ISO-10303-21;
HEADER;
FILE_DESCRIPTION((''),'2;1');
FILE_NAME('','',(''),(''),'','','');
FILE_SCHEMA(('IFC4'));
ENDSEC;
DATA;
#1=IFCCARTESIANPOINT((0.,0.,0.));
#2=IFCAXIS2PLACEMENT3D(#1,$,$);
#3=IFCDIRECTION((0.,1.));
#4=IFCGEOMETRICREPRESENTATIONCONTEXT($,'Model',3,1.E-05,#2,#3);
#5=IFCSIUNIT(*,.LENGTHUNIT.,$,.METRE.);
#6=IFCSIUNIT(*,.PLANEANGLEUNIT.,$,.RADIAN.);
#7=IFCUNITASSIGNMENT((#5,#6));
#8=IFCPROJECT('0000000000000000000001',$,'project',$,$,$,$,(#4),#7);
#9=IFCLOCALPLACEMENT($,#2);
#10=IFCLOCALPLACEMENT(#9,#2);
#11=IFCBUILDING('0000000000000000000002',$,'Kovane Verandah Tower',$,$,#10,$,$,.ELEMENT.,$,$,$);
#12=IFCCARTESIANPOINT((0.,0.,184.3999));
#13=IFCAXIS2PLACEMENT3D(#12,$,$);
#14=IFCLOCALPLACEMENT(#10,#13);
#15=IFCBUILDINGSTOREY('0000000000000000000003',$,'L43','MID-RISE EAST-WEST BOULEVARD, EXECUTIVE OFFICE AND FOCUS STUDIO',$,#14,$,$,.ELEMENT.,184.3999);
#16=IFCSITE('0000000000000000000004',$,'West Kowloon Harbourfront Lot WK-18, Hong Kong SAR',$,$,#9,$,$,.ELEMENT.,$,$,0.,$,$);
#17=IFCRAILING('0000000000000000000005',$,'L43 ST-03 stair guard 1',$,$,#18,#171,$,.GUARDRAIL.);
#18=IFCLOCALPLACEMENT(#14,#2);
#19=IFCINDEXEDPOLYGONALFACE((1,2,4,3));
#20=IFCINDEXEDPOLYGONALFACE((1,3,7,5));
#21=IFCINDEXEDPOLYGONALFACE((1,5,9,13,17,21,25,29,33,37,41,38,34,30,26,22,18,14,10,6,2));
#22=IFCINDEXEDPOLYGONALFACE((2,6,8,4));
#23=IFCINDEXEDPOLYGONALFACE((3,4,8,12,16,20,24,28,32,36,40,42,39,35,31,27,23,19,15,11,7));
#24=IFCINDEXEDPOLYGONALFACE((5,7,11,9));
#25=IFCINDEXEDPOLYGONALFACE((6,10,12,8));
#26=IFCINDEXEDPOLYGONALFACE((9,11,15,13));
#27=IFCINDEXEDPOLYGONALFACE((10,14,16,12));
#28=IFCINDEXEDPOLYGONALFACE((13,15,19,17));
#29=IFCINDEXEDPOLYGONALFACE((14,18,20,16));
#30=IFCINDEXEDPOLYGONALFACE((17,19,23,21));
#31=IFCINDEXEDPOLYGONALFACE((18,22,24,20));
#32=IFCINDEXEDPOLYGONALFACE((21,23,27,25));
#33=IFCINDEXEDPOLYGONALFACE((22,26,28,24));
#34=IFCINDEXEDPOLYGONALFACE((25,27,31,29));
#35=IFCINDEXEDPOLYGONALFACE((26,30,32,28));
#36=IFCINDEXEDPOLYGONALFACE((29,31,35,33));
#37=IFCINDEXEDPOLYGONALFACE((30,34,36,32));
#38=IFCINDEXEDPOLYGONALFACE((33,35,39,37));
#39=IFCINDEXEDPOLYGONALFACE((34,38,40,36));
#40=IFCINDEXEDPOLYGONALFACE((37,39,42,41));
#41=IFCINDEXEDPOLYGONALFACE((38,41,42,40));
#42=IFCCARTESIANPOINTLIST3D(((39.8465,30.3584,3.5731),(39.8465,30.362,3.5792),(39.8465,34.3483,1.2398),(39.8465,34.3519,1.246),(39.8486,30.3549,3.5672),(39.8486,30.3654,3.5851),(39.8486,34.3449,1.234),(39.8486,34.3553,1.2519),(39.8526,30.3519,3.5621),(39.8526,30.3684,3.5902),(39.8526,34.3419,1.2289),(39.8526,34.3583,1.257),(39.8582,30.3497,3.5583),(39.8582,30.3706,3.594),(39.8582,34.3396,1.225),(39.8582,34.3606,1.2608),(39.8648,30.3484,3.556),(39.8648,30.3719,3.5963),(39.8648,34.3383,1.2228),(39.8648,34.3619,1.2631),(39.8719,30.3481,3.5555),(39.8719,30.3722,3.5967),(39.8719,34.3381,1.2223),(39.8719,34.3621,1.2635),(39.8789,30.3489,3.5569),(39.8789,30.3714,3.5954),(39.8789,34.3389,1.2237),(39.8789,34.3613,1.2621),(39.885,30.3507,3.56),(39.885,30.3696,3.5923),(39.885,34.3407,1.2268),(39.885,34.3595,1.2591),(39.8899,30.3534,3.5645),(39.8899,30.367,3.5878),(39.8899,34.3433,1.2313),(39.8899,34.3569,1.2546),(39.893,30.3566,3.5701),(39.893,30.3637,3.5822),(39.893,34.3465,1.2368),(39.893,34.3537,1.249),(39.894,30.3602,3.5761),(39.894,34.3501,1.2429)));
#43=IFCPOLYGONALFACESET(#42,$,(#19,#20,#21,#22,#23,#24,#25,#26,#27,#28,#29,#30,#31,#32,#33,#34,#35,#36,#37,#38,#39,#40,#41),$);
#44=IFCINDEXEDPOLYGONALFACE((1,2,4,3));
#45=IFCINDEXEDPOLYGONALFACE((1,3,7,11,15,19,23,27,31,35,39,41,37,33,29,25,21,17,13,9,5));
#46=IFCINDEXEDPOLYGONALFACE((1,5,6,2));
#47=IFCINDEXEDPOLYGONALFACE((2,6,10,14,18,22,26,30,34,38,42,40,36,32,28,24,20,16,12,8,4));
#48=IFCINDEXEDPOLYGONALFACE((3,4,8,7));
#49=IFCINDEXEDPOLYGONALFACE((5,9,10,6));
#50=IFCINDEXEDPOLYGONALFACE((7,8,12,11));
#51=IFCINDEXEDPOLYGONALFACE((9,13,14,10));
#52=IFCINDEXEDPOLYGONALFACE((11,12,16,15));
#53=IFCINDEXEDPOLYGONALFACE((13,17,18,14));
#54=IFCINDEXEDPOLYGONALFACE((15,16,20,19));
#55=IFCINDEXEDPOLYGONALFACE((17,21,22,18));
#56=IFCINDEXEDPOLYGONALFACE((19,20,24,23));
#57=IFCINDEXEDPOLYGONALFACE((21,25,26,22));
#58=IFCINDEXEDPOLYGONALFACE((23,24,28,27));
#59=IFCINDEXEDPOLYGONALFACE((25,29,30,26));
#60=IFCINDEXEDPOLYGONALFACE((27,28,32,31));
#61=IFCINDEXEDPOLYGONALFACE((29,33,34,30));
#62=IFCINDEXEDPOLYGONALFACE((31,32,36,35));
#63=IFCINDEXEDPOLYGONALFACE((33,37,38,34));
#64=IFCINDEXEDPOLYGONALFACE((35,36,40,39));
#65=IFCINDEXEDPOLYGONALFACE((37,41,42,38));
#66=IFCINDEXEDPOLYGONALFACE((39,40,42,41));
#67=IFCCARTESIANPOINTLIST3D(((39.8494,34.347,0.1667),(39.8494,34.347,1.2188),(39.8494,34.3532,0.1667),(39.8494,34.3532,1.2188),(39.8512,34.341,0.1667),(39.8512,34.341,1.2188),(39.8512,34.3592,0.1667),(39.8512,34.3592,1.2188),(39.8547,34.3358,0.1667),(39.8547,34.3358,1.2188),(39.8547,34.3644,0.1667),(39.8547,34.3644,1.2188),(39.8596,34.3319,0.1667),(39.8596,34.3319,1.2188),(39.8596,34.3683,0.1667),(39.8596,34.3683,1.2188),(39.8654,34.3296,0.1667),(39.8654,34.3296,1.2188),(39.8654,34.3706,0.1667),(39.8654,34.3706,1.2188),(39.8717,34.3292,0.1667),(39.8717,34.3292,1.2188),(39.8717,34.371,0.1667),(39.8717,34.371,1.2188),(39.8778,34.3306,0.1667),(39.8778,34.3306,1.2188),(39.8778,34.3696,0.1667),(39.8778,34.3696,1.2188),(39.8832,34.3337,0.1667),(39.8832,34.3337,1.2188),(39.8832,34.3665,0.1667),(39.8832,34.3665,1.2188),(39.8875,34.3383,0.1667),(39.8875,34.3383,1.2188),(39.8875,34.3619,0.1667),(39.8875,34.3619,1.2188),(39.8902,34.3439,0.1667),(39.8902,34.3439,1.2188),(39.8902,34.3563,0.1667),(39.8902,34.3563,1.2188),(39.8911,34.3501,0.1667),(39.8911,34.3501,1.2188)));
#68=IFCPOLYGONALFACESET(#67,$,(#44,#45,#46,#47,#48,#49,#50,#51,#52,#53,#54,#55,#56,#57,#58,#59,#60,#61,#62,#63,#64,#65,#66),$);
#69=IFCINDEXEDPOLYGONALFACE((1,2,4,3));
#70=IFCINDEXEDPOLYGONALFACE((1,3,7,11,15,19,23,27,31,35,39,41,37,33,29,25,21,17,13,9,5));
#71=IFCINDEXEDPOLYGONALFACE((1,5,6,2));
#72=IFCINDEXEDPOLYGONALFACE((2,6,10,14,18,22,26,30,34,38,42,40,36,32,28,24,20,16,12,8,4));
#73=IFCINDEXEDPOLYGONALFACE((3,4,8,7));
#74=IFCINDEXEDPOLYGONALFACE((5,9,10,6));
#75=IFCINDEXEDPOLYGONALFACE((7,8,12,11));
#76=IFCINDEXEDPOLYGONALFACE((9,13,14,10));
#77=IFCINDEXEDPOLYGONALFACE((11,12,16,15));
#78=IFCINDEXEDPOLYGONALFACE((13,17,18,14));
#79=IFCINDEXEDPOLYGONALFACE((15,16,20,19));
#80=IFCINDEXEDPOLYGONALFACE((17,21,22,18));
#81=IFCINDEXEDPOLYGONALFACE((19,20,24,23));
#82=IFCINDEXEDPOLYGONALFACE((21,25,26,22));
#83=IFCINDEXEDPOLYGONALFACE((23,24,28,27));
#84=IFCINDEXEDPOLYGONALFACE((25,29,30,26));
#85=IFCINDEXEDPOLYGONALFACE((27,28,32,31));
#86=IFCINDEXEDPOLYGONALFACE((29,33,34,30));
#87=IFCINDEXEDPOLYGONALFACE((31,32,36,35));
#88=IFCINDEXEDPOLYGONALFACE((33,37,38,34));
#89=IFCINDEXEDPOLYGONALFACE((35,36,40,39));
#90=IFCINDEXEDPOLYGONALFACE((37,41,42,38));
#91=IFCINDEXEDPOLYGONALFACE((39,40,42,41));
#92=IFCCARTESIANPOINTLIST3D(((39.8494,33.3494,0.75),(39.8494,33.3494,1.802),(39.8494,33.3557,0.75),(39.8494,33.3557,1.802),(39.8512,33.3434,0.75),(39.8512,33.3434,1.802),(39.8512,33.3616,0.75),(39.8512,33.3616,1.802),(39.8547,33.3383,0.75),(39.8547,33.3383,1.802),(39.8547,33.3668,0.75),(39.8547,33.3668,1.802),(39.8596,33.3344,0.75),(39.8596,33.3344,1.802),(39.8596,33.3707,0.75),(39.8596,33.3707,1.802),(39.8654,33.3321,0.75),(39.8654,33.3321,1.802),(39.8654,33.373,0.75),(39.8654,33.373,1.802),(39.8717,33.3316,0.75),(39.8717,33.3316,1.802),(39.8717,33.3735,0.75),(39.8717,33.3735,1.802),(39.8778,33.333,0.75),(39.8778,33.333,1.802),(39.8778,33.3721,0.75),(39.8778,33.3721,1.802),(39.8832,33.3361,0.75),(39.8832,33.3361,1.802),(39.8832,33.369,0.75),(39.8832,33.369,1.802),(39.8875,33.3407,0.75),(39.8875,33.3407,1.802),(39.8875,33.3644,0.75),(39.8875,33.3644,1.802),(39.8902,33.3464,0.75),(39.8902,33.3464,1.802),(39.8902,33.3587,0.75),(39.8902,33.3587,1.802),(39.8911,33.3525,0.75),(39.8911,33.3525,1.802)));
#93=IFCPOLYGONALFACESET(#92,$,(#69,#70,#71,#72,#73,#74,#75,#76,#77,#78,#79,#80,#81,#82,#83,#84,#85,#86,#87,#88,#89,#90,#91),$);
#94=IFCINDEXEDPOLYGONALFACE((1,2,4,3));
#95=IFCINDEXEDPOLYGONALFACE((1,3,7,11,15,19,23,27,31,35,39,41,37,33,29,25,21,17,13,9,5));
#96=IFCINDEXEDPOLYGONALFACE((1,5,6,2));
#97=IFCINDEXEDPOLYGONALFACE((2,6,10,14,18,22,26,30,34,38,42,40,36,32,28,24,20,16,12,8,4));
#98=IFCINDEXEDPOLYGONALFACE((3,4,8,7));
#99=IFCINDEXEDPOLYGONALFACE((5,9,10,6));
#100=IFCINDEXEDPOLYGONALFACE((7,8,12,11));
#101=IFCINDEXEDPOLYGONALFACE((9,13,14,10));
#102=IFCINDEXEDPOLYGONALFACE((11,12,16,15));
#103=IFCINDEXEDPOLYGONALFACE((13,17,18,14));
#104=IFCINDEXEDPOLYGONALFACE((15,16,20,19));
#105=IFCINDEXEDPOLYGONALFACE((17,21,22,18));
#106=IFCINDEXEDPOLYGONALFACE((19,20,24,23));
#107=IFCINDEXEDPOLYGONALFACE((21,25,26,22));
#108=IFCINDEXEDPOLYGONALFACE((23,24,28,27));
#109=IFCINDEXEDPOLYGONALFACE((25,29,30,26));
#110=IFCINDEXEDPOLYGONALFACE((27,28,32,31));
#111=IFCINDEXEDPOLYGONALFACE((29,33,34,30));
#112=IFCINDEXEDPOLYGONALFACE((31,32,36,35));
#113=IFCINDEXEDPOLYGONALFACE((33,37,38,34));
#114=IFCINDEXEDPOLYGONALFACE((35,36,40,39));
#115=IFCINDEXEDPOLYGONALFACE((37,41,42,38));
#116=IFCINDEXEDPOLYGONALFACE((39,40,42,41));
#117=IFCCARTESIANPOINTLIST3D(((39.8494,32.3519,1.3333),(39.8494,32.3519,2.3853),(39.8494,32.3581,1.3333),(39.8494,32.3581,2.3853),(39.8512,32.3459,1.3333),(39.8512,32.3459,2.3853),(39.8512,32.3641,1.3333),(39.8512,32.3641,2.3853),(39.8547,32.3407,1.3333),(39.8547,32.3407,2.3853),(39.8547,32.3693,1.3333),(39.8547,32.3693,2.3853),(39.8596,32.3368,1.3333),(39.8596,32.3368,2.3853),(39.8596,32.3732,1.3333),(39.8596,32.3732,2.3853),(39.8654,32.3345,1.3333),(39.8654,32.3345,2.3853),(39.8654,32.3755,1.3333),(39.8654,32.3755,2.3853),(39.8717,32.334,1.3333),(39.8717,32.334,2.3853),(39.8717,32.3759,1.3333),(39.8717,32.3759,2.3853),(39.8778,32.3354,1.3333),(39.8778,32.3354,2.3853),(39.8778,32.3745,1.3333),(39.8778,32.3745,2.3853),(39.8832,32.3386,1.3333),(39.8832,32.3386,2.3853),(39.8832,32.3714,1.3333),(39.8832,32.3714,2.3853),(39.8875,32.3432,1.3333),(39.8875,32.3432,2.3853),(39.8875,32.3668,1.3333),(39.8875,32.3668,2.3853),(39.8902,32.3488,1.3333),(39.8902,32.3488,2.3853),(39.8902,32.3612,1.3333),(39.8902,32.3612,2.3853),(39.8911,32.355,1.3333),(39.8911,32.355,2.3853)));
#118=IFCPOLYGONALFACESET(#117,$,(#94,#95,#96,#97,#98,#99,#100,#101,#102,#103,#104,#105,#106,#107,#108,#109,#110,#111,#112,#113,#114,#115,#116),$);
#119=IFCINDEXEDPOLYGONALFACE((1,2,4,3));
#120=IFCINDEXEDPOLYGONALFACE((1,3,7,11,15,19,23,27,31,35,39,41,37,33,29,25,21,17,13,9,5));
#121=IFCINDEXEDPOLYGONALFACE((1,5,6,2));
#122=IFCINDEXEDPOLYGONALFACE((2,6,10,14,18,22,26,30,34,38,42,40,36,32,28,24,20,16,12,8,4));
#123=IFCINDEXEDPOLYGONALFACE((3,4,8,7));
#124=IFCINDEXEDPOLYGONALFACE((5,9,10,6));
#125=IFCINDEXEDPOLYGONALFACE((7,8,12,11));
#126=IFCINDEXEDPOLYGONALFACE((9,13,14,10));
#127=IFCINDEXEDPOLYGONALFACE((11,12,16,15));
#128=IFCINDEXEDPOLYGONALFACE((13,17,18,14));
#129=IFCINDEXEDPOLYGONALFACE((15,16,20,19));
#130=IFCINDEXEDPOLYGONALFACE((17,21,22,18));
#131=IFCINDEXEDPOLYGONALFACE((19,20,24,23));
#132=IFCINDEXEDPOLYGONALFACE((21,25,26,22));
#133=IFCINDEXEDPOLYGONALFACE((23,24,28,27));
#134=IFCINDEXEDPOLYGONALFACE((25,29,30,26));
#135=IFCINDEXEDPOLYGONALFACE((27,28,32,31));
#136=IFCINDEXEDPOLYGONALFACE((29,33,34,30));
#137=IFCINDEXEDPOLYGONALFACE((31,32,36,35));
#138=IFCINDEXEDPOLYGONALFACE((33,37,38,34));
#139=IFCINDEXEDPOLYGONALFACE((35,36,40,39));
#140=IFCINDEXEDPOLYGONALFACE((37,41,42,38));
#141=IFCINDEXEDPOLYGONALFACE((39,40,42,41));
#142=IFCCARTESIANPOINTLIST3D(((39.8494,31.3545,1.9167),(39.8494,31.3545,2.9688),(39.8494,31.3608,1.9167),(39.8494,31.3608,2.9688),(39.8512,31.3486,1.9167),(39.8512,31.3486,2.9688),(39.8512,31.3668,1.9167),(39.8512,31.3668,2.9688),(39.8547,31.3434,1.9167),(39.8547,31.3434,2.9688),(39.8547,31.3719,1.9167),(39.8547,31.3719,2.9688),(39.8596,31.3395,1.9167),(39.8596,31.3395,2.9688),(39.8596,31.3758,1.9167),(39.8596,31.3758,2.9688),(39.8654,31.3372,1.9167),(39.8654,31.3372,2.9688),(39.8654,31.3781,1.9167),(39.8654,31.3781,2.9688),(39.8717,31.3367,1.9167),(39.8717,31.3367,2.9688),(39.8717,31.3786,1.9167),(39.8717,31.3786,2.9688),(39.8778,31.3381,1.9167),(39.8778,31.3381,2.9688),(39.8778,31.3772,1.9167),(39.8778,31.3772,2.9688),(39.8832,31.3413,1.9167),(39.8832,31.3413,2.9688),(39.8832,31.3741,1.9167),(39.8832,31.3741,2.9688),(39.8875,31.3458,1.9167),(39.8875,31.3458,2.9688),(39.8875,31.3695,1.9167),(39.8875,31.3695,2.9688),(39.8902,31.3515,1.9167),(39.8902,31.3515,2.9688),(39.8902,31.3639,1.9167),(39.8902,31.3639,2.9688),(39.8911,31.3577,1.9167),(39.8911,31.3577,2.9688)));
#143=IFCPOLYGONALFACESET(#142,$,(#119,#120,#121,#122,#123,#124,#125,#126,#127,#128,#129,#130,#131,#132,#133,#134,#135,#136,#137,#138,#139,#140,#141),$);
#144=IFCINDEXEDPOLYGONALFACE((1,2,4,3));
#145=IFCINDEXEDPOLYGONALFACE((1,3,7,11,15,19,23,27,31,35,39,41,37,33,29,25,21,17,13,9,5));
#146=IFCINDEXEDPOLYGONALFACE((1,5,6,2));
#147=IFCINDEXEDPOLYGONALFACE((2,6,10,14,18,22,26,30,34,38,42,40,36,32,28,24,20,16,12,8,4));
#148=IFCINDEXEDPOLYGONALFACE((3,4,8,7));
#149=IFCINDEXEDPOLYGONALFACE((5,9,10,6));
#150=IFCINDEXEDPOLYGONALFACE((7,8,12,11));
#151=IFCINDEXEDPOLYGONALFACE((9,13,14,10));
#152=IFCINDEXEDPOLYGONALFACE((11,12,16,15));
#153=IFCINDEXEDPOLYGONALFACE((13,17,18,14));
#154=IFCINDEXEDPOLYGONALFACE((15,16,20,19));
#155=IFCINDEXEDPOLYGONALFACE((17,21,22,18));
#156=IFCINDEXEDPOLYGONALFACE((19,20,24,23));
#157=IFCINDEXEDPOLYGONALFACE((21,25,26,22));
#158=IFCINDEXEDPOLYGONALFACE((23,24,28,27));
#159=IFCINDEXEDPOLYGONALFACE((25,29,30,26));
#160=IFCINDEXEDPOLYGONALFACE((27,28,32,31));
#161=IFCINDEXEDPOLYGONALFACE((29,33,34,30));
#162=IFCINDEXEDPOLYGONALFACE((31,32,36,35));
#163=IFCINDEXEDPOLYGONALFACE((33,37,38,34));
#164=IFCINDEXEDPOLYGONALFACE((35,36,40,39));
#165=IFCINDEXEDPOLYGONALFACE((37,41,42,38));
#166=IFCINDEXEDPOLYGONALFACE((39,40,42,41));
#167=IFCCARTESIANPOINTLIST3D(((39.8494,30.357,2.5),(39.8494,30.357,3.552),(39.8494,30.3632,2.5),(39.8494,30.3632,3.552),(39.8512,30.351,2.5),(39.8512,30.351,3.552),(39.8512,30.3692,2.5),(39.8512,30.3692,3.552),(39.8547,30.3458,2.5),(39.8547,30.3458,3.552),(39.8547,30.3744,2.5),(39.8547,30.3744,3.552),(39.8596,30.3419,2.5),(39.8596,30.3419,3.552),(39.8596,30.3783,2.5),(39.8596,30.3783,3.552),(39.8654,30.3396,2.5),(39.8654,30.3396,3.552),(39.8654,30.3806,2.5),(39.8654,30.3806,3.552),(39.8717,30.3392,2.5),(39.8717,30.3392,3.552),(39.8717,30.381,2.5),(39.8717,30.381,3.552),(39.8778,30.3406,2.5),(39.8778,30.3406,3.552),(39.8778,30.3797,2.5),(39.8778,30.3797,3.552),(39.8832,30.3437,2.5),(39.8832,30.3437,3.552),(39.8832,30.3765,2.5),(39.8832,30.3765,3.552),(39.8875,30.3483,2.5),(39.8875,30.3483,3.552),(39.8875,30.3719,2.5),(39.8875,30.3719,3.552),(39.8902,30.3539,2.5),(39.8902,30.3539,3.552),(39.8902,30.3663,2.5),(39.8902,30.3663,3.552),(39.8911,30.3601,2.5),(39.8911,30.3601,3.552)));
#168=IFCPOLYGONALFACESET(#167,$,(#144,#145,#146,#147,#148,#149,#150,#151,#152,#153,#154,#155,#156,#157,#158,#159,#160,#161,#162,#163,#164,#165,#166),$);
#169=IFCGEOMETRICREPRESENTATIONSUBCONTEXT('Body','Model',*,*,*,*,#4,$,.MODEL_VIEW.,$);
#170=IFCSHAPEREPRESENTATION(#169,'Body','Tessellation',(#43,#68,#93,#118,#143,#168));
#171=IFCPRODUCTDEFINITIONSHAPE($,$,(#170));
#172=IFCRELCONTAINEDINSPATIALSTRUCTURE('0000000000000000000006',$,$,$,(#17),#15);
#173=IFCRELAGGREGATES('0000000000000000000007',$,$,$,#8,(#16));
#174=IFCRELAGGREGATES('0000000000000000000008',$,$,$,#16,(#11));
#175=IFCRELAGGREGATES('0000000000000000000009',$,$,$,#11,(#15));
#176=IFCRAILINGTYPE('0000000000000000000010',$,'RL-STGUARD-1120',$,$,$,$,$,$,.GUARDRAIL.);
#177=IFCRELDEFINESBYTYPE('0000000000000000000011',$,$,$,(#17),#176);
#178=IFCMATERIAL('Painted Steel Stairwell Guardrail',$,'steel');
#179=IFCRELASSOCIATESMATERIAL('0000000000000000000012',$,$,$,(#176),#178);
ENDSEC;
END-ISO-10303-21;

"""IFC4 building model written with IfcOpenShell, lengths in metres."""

from ifc_helpers import new_model, si_unit, direction, frame, origin, origin_2d, place, context, subcontext, project, spatial, circle, extrude, material, type_object, element, save


model = new_model("IFC4")

# Units and contexts
model_context = context("Model", 3, precision=1e-05, world=origin(), true_north=direction((0.0, 1.0)))
body_context = subcontext(model_context, "Body", "Model", "MODEL_VIEW")
ifc_project = project(units=[si_unit("LENGTHUNIT", "METRE"), si_unit("PLANEANGLEUNIT", "RADIAN")], contexts=[model_context])

# Site, building, storey
site_placement = place(None, origin())
site = spatial("IfcSite", under=ifc_project, at=site_placement, Name="West Kowloon Harbourfront Lot WK-18, Hong Kong SAR", CompositionType="ELEMENT", RefElevation=0.0)
building_placement = place(site_placement, origin())
building = spatial("IfcBuilding", under=site, at=building_placement, Name="Kovane Verandah Tower", CompositionType="ELEMENT")
storey_placement = place(building_placement, frame((0.0, 0.0, 184.3999)))
storey = spatial("IfcBuildingStorey", under=building, at=storey_placement, Name="L43", Description="MID-RISE EAST-WEST BOULEVARD, EXECUTIVE OFFICE AND FOCUS STUDIO", CompositionType="ELEMENT", Elevation=184.3999)

# Railing
ifc_material_1 = material(Name="Painted Steel Stairwell Guardrail", Category="steel")
railing_type_1 = type_object("IfcRailingType", Name="RL-STGUARD-1120", PredefinedType="GUARDRAIL", material=ifc_material_1)
railing_1_placement = place(storey_placement, frame((39.8701, 34.3501, 0.1667)))
element("IfcRailing", 1, at=railing_1_placement, inside=storey, type_object=railing_type_1, Name="L43 ST-03 stair guard 1", PredefinedType="GUARDRAIL", context=body_context, shape_type="SweptSolid", body=[
    extrude(circle(Radius=0.0239, at=origin_2d()), frame((0.0, 0.0, 1.0762), z_axis=(0.0, -0.863236, 0.5048), x_axis=(1.0, 0.0, 0.0)), (0.0, 0.0, 1.0), 4.6221),
    extrude(circle(Radius=0.021, at=origin_2d()), origin(), (0.0, 0.0, 1.0), 1.052),
    extrude(circle(Radius=0.021, at=origin_2d()), frame((0.0, -0.9976, 0.5833)), (0.0, 0.0, 1.0), 1.052),
    extrude(circle(Radius=0.021, at=origin_2d()), frame((0.0, -1.9951, 1.1665)), (0.0, 0.0, 1.0), 1.052),
    extrude(circle(Radius=0.021, at=origin_2d()), frame((0.0, -2.9924, 1.75)), (0.0, 0.0, 1.0), 1.052),
    extrude(circle(Radius=0.021, at=origin_2d()), frame((0.0, -3.99, 2.3333)), (0.0, 0.0, 1.0), 1.052),
])

save(model, "model.ifc")
